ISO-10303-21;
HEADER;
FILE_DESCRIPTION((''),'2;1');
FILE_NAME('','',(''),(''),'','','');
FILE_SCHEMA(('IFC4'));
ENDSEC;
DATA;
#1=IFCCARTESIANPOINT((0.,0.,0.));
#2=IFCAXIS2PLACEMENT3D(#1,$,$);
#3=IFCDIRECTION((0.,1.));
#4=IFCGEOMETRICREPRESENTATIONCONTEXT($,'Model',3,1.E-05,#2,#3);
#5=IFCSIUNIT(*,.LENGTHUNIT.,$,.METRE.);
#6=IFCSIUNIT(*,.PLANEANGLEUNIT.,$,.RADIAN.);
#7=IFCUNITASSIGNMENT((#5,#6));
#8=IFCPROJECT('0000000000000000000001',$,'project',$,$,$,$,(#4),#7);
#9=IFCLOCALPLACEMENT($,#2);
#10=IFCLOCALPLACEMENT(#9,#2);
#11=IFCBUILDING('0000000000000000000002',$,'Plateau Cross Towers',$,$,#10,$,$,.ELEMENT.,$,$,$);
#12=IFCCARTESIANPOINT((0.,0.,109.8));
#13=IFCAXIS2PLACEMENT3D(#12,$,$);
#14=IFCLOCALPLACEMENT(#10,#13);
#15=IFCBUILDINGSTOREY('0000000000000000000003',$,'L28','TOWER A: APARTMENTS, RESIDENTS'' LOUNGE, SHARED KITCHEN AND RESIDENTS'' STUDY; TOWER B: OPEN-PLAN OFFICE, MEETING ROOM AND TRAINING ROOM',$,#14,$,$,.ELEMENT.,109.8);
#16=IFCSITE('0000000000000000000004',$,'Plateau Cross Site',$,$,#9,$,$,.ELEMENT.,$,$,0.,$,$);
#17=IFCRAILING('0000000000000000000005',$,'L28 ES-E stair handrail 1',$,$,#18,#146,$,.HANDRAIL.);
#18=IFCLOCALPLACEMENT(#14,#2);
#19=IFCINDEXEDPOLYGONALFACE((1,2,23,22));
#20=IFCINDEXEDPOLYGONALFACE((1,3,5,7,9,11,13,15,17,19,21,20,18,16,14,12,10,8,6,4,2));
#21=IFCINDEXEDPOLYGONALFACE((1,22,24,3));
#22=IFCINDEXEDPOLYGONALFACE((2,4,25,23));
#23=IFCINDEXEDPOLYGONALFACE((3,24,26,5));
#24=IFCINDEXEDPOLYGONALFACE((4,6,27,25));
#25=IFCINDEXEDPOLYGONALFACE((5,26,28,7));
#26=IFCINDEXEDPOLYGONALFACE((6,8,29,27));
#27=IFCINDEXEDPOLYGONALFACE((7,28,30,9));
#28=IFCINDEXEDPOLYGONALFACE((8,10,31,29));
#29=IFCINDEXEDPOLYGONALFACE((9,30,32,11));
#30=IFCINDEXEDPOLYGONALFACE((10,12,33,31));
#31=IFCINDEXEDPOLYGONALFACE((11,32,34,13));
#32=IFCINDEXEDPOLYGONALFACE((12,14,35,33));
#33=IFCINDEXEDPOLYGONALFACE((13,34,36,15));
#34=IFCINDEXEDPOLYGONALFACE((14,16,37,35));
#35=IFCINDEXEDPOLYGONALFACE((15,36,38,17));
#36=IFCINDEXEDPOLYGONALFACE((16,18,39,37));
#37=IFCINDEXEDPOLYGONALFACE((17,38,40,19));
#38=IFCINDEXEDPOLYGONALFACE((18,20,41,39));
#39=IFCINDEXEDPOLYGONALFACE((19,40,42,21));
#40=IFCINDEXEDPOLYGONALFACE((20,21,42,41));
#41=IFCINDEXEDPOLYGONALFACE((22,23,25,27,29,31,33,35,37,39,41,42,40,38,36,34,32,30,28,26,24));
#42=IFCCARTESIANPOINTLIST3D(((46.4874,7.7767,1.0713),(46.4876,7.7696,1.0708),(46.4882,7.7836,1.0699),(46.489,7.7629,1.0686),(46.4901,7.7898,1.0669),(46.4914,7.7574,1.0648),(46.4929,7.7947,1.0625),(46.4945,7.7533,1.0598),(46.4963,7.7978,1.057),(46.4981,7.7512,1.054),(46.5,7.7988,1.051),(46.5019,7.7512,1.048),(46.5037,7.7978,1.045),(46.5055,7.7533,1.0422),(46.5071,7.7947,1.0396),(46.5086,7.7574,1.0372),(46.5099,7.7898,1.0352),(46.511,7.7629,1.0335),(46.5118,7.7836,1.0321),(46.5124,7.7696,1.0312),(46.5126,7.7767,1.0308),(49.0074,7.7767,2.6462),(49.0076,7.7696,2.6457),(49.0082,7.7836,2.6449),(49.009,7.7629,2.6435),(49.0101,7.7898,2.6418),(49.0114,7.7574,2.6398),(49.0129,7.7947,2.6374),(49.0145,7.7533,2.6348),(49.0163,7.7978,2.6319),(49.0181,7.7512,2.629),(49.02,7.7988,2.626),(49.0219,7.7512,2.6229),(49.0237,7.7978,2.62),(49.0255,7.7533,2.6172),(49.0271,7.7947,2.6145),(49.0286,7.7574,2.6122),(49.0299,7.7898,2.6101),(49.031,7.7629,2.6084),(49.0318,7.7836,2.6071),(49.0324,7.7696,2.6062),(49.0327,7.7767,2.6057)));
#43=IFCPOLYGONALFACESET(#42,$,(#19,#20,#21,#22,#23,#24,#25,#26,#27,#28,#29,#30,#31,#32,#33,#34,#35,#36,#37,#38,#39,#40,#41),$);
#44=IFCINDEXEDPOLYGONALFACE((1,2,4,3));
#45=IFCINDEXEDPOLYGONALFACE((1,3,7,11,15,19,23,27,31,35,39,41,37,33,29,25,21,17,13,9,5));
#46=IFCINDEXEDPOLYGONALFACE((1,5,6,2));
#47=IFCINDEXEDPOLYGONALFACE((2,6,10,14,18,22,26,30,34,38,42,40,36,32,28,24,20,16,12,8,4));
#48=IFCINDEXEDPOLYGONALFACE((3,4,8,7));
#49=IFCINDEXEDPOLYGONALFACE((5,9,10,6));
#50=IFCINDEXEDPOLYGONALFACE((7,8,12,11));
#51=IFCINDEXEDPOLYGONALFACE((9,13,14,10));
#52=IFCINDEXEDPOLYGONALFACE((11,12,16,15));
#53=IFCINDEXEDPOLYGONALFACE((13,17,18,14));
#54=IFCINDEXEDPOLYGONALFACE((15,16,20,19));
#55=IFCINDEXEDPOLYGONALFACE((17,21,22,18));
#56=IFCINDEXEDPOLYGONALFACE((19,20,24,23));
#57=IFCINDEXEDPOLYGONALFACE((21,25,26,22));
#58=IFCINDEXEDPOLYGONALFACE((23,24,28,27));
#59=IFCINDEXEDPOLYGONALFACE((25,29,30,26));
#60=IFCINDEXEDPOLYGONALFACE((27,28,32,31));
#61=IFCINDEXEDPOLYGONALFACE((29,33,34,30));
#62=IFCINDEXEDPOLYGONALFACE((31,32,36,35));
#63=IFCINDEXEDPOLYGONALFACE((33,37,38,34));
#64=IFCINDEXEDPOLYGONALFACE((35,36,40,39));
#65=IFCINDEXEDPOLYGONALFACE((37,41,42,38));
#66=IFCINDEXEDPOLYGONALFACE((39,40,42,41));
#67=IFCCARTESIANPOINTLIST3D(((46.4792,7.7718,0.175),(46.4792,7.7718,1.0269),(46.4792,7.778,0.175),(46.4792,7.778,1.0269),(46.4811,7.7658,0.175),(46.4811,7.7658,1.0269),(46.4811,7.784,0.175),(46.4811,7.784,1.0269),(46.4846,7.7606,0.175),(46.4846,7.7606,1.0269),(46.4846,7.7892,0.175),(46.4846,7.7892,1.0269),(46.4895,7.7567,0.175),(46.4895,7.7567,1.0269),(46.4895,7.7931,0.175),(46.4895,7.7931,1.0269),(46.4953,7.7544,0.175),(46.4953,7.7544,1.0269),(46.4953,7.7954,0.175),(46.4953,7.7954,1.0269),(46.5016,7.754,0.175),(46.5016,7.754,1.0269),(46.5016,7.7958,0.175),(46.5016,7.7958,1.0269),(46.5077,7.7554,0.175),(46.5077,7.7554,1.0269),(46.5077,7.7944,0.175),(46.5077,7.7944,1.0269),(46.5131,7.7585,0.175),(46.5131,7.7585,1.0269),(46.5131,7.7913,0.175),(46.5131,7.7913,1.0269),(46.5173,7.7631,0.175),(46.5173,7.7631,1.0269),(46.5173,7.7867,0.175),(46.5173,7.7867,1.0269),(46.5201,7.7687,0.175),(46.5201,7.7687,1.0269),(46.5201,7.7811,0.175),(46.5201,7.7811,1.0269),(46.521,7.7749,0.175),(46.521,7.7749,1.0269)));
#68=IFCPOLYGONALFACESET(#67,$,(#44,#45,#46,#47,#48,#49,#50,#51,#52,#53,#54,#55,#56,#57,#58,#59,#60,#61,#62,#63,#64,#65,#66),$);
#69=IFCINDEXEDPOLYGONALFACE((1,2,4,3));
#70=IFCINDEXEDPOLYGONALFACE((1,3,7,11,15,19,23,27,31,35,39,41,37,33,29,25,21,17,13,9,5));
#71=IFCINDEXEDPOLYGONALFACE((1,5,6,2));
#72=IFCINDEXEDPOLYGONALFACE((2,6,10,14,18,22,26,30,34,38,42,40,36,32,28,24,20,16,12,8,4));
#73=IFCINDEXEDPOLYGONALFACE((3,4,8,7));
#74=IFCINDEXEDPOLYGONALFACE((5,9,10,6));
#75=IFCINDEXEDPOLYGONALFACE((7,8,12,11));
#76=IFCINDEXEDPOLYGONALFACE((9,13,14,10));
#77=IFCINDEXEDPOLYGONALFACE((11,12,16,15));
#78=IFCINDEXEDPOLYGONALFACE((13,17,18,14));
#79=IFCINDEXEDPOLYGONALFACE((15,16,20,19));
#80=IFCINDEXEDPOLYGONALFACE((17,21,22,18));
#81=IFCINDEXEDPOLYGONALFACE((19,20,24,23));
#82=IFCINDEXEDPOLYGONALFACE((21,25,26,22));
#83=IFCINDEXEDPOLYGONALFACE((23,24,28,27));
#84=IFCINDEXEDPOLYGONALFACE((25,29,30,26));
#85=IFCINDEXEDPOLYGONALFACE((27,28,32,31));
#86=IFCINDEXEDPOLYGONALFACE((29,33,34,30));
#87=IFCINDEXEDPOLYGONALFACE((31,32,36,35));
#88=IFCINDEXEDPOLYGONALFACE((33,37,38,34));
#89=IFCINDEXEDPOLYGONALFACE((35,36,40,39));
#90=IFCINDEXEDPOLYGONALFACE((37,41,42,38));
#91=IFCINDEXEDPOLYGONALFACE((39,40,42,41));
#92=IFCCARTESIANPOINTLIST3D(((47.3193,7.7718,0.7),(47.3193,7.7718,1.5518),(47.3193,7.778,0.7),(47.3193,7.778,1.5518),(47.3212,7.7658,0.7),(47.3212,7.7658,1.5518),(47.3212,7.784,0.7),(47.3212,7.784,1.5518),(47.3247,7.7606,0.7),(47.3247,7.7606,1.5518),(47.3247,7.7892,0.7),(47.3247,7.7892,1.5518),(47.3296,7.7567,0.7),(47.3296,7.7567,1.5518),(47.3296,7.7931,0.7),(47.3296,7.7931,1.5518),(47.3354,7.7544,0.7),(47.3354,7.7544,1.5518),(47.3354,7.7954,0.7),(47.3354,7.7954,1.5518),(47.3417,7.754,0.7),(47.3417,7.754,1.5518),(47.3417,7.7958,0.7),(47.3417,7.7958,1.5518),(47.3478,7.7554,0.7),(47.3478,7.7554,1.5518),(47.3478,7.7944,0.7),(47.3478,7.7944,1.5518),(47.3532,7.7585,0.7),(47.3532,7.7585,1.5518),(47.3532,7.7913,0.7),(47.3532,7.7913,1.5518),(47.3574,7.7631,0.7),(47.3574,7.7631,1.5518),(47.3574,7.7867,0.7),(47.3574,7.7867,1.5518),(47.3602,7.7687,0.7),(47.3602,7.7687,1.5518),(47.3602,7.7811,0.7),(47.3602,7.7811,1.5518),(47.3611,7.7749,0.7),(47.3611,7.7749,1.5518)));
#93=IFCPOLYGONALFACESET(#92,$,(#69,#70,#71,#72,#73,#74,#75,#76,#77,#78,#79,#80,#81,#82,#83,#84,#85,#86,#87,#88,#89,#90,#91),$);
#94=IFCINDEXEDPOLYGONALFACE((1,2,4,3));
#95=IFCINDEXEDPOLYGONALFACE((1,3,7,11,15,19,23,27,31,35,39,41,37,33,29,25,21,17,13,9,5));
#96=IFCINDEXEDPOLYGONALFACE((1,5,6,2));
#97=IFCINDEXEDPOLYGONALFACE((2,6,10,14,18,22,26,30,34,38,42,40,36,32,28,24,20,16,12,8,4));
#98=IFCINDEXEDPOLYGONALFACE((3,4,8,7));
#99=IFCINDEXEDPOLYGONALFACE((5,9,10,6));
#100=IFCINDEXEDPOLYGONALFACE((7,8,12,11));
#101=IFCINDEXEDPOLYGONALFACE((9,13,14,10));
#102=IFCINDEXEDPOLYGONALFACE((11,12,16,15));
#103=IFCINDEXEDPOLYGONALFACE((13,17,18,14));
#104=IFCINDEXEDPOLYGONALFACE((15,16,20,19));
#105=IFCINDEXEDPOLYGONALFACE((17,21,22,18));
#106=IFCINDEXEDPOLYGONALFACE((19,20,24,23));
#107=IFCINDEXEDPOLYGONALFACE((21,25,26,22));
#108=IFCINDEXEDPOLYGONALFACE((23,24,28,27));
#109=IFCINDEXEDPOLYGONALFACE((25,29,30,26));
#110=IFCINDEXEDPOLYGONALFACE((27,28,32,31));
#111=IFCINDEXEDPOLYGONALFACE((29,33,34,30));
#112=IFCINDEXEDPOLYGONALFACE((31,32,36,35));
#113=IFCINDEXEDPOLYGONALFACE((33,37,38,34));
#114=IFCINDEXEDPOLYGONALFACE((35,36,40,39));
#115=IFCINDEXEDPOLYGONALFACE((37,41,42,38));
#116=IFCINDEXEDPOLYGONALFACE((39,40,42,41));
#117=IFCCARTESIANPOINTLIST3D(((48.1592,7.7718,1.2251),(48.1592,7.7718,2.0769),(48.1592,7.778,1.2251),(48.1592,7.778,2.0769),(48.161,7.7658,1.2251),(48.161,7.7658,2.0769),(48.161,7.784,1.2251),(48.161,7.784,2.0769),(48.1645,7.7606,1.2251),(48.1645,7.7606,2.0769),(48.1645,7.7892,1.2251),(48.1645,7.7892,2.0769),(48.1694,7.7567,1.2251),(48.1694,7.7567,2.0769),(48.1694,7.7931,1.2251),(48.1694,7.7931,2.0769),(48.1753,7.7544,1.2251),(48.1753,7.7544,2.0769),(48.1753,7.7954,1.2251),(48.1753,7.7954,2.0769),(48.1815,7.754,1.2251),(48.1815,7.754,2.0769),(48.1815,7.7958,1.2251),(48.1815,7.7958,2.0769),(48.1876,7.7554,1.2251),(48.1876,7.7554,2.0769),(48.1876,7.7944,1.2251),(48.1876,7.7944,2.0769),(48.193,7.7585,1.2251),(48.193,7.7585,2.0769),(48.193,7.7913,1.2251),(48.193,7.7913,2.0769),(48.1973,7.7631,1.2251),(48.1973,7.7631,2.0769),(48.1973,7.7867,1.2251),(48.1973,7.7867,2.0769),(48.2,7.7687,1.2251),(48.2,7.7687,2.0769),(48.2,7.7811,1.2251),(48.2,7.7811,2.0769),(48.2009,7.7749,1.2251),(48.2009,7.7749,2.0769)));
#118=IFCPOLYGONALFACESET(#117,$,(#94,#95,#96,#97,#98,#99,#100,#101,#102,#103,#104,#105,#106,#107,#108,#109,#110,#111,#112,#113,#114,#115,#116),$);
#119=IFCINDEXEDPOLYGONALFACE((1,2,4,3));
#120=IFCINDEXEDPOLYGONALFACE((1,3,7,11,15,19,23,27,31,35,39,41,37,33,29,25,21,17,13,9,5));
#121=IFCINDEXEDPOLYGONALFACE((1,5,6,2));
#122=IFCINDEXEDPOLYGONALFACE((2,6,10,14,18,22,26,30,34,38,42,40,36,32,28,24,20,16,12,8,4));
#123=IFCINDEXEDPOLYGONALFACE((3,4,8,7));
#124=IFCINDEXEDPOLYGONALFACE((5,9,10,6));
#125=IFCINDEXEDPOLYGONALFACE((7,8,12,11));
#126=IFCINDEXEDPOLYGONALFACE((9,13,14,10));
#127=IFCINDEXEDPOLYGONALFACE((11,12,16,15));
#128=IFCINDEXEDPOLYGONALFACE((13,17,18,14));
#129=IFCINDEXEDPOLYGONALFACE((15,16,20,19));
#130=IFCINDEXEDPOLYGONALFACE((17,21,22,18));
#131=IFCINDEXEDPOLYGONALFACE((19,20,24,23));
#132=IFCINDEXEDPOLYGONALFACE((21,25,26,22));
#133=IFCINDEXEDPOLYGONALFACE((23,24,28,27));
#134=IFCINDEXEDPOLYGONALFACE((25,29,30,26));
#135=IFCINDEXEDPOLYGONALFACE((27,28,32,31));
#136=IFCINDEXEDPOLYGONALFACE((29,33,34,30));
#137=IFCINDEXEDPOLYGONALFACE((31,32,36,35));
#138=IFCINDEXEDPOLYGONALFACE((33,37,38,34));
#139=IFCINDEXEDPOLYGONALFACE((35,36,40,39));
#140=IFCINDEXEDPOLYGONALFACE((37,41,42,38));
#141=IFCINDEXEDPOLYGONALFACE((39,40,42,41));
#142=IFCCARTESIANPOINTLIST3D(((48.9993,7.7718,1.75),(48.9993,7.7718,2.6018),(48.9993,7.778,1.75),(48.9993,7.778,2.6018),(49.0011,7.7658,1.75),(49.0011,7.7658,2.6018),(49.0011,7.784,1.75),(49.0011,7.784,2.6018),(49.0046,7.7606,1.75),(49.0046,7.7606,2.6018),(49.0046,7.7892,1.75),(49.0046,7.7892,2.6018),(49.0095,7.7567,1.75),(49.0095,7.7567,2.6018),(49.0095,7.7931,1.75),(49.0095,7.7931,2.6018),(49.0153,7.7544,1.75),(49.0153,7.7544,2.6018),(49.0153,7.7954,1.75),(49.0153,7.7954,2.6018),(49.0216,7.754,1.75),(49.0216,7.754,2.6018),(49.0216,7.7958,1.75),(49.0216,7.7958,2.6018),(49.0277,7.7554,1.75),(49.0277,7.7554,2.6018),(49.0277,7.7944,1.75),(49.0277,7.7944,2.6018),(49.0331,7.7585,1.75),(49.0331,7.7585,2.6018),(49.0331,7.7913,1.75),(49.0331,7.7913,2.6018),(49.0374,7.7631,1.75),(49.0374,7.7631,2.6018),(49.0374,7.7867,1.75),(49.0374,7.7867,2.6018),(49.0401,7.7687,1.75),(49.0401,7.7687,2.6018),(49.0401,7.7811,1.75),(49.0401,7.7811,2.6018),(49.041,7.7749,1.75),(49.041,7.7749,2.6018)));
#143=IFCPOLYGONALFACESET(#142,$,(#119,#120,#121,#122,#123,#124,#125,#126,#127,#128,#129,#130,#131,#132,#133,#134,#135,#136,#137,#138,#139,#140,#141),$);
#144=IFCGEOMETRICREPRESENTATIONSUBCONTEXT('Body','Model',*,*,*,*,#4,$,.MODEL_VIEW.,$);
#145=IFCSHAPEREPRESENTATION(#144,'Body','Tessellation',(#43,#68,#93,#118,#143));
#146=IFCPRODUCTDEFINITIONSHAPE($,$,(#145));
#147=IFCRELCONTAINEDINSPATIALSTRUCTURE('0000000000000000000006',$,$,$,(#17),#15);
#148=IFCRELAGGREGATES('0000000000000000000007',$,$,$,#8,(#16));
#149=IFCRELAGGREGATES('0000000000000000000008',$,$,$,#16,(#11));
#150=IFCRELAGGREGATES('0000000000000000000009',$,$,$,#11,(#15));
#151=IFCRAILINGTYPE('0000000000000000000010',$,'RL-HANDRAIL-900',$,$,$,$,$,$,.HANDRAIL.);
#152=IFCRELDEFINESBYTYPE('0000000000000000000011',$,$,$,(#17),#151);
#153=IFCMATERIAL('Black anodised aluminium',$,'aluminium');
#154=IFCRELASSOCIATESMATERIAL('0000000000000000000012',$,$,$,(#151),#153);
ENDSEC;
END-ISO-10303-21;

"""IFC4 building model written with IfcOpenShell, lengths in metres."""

from ifc_helpers import new_model, si_unit, direction, frame, origin, origin_2d, place, context, subcontext, project, spatial, circle, extrude, material, type_object, element, save


model = new_model("IFC4")

# Units and contexts
model_context = context("Model", 3, precision=1e-05, world=origin(), true_north=direction((0.0, 1.0)))
body_context = subcontext(model_context, "Body", "Model", "MODEL_VIEW")
ifc_project = project(units=[si_unit("LENGTHUNIT", "METRE"), si_unit("PLANEANGLEUNIT", "RADIAN")], contexts=[model_context])

# Site, building, storey
site_placement = place(None, origin())
site = spatial("IfcSite", under=ifc_project, at=site_placement, Name="Plateau Cross Site", CompositionType="ELEMENT", RefElevation=0.0)
building_placement = place(site_placement, origin())
building = spatial("IfcBuilding", under=site, at=building_placement, Name="Plateau Cross Towers", CompositionType="ELEMENT")
storey_placement = place(building_placement, frame((0.0, 0.0, 109.8)))
storey = spatial("IfcBuildingStorey", under=building, at=storey_placement, Name="L28", Description="TOWER A: APARTMENTS, RESIDENTS' LOUNGE, SHARED KITCHEN AND RESIDENTS' STUDY; TOWER B: OPEN-PLAN OFFICE, MEETING ROOM AND TRAINING ROOM", CompositionType="ELEMENT", Elevation=109.8)

# Shared definitions
ifc_material_1 = material(Name="Black anodised aluminium", Category="aluminium")

# Railing
railing_type_1 = type_object("IfcRailingType", Name="RL-HANDRAIL-900", PredefinedType="HANDRAIL", material=ifc_material_1)
railing_1_placement = place(storey_placement, frame((46.5, 7.7749, 0.175)))
element("IfcRailing", 1, at=railing_1_placement, inside=storey, type_object=railing_type_1, Name="L28 ES-E stair handrail 1", PredefinedType="HANDRAIL", context=body_context, shape_type="SweptSolid", body=[
    extrude(circle(Radius=0.0239, at=origin_2d()), frame((0.0, 0.0, 0.876), z_axis=(0.848008, 0.0, 0.529984), x_axis=(0.0, 1.0, 0.0)), (0.0, 0.0, 1.0), 2.9717),
    extrude(circle(Radius=0.021, at=origin_2d()), origin(), (0.0, 0.0, 1.0), 0.8518),
    extrude(circle(Radius=0.021, at=origin_2d()), frame((0.8401, 0.0, 0.5249)), (0.0, 0.0, 1.0), 0.8518),
    extrude(circle(Radius=0.021, at=origin_2d()), frame((1.6799, 0.0, 1.05)), (0.0, 0.0, 1.0), 0.8518),
    extrude(circle(Radius=0.021, at=origin_2d()), frame((2.52, 0.0, 1.575)), (0.0, 0.0, 1.0), 0.8518),
])

save(model, "model.ifc")
